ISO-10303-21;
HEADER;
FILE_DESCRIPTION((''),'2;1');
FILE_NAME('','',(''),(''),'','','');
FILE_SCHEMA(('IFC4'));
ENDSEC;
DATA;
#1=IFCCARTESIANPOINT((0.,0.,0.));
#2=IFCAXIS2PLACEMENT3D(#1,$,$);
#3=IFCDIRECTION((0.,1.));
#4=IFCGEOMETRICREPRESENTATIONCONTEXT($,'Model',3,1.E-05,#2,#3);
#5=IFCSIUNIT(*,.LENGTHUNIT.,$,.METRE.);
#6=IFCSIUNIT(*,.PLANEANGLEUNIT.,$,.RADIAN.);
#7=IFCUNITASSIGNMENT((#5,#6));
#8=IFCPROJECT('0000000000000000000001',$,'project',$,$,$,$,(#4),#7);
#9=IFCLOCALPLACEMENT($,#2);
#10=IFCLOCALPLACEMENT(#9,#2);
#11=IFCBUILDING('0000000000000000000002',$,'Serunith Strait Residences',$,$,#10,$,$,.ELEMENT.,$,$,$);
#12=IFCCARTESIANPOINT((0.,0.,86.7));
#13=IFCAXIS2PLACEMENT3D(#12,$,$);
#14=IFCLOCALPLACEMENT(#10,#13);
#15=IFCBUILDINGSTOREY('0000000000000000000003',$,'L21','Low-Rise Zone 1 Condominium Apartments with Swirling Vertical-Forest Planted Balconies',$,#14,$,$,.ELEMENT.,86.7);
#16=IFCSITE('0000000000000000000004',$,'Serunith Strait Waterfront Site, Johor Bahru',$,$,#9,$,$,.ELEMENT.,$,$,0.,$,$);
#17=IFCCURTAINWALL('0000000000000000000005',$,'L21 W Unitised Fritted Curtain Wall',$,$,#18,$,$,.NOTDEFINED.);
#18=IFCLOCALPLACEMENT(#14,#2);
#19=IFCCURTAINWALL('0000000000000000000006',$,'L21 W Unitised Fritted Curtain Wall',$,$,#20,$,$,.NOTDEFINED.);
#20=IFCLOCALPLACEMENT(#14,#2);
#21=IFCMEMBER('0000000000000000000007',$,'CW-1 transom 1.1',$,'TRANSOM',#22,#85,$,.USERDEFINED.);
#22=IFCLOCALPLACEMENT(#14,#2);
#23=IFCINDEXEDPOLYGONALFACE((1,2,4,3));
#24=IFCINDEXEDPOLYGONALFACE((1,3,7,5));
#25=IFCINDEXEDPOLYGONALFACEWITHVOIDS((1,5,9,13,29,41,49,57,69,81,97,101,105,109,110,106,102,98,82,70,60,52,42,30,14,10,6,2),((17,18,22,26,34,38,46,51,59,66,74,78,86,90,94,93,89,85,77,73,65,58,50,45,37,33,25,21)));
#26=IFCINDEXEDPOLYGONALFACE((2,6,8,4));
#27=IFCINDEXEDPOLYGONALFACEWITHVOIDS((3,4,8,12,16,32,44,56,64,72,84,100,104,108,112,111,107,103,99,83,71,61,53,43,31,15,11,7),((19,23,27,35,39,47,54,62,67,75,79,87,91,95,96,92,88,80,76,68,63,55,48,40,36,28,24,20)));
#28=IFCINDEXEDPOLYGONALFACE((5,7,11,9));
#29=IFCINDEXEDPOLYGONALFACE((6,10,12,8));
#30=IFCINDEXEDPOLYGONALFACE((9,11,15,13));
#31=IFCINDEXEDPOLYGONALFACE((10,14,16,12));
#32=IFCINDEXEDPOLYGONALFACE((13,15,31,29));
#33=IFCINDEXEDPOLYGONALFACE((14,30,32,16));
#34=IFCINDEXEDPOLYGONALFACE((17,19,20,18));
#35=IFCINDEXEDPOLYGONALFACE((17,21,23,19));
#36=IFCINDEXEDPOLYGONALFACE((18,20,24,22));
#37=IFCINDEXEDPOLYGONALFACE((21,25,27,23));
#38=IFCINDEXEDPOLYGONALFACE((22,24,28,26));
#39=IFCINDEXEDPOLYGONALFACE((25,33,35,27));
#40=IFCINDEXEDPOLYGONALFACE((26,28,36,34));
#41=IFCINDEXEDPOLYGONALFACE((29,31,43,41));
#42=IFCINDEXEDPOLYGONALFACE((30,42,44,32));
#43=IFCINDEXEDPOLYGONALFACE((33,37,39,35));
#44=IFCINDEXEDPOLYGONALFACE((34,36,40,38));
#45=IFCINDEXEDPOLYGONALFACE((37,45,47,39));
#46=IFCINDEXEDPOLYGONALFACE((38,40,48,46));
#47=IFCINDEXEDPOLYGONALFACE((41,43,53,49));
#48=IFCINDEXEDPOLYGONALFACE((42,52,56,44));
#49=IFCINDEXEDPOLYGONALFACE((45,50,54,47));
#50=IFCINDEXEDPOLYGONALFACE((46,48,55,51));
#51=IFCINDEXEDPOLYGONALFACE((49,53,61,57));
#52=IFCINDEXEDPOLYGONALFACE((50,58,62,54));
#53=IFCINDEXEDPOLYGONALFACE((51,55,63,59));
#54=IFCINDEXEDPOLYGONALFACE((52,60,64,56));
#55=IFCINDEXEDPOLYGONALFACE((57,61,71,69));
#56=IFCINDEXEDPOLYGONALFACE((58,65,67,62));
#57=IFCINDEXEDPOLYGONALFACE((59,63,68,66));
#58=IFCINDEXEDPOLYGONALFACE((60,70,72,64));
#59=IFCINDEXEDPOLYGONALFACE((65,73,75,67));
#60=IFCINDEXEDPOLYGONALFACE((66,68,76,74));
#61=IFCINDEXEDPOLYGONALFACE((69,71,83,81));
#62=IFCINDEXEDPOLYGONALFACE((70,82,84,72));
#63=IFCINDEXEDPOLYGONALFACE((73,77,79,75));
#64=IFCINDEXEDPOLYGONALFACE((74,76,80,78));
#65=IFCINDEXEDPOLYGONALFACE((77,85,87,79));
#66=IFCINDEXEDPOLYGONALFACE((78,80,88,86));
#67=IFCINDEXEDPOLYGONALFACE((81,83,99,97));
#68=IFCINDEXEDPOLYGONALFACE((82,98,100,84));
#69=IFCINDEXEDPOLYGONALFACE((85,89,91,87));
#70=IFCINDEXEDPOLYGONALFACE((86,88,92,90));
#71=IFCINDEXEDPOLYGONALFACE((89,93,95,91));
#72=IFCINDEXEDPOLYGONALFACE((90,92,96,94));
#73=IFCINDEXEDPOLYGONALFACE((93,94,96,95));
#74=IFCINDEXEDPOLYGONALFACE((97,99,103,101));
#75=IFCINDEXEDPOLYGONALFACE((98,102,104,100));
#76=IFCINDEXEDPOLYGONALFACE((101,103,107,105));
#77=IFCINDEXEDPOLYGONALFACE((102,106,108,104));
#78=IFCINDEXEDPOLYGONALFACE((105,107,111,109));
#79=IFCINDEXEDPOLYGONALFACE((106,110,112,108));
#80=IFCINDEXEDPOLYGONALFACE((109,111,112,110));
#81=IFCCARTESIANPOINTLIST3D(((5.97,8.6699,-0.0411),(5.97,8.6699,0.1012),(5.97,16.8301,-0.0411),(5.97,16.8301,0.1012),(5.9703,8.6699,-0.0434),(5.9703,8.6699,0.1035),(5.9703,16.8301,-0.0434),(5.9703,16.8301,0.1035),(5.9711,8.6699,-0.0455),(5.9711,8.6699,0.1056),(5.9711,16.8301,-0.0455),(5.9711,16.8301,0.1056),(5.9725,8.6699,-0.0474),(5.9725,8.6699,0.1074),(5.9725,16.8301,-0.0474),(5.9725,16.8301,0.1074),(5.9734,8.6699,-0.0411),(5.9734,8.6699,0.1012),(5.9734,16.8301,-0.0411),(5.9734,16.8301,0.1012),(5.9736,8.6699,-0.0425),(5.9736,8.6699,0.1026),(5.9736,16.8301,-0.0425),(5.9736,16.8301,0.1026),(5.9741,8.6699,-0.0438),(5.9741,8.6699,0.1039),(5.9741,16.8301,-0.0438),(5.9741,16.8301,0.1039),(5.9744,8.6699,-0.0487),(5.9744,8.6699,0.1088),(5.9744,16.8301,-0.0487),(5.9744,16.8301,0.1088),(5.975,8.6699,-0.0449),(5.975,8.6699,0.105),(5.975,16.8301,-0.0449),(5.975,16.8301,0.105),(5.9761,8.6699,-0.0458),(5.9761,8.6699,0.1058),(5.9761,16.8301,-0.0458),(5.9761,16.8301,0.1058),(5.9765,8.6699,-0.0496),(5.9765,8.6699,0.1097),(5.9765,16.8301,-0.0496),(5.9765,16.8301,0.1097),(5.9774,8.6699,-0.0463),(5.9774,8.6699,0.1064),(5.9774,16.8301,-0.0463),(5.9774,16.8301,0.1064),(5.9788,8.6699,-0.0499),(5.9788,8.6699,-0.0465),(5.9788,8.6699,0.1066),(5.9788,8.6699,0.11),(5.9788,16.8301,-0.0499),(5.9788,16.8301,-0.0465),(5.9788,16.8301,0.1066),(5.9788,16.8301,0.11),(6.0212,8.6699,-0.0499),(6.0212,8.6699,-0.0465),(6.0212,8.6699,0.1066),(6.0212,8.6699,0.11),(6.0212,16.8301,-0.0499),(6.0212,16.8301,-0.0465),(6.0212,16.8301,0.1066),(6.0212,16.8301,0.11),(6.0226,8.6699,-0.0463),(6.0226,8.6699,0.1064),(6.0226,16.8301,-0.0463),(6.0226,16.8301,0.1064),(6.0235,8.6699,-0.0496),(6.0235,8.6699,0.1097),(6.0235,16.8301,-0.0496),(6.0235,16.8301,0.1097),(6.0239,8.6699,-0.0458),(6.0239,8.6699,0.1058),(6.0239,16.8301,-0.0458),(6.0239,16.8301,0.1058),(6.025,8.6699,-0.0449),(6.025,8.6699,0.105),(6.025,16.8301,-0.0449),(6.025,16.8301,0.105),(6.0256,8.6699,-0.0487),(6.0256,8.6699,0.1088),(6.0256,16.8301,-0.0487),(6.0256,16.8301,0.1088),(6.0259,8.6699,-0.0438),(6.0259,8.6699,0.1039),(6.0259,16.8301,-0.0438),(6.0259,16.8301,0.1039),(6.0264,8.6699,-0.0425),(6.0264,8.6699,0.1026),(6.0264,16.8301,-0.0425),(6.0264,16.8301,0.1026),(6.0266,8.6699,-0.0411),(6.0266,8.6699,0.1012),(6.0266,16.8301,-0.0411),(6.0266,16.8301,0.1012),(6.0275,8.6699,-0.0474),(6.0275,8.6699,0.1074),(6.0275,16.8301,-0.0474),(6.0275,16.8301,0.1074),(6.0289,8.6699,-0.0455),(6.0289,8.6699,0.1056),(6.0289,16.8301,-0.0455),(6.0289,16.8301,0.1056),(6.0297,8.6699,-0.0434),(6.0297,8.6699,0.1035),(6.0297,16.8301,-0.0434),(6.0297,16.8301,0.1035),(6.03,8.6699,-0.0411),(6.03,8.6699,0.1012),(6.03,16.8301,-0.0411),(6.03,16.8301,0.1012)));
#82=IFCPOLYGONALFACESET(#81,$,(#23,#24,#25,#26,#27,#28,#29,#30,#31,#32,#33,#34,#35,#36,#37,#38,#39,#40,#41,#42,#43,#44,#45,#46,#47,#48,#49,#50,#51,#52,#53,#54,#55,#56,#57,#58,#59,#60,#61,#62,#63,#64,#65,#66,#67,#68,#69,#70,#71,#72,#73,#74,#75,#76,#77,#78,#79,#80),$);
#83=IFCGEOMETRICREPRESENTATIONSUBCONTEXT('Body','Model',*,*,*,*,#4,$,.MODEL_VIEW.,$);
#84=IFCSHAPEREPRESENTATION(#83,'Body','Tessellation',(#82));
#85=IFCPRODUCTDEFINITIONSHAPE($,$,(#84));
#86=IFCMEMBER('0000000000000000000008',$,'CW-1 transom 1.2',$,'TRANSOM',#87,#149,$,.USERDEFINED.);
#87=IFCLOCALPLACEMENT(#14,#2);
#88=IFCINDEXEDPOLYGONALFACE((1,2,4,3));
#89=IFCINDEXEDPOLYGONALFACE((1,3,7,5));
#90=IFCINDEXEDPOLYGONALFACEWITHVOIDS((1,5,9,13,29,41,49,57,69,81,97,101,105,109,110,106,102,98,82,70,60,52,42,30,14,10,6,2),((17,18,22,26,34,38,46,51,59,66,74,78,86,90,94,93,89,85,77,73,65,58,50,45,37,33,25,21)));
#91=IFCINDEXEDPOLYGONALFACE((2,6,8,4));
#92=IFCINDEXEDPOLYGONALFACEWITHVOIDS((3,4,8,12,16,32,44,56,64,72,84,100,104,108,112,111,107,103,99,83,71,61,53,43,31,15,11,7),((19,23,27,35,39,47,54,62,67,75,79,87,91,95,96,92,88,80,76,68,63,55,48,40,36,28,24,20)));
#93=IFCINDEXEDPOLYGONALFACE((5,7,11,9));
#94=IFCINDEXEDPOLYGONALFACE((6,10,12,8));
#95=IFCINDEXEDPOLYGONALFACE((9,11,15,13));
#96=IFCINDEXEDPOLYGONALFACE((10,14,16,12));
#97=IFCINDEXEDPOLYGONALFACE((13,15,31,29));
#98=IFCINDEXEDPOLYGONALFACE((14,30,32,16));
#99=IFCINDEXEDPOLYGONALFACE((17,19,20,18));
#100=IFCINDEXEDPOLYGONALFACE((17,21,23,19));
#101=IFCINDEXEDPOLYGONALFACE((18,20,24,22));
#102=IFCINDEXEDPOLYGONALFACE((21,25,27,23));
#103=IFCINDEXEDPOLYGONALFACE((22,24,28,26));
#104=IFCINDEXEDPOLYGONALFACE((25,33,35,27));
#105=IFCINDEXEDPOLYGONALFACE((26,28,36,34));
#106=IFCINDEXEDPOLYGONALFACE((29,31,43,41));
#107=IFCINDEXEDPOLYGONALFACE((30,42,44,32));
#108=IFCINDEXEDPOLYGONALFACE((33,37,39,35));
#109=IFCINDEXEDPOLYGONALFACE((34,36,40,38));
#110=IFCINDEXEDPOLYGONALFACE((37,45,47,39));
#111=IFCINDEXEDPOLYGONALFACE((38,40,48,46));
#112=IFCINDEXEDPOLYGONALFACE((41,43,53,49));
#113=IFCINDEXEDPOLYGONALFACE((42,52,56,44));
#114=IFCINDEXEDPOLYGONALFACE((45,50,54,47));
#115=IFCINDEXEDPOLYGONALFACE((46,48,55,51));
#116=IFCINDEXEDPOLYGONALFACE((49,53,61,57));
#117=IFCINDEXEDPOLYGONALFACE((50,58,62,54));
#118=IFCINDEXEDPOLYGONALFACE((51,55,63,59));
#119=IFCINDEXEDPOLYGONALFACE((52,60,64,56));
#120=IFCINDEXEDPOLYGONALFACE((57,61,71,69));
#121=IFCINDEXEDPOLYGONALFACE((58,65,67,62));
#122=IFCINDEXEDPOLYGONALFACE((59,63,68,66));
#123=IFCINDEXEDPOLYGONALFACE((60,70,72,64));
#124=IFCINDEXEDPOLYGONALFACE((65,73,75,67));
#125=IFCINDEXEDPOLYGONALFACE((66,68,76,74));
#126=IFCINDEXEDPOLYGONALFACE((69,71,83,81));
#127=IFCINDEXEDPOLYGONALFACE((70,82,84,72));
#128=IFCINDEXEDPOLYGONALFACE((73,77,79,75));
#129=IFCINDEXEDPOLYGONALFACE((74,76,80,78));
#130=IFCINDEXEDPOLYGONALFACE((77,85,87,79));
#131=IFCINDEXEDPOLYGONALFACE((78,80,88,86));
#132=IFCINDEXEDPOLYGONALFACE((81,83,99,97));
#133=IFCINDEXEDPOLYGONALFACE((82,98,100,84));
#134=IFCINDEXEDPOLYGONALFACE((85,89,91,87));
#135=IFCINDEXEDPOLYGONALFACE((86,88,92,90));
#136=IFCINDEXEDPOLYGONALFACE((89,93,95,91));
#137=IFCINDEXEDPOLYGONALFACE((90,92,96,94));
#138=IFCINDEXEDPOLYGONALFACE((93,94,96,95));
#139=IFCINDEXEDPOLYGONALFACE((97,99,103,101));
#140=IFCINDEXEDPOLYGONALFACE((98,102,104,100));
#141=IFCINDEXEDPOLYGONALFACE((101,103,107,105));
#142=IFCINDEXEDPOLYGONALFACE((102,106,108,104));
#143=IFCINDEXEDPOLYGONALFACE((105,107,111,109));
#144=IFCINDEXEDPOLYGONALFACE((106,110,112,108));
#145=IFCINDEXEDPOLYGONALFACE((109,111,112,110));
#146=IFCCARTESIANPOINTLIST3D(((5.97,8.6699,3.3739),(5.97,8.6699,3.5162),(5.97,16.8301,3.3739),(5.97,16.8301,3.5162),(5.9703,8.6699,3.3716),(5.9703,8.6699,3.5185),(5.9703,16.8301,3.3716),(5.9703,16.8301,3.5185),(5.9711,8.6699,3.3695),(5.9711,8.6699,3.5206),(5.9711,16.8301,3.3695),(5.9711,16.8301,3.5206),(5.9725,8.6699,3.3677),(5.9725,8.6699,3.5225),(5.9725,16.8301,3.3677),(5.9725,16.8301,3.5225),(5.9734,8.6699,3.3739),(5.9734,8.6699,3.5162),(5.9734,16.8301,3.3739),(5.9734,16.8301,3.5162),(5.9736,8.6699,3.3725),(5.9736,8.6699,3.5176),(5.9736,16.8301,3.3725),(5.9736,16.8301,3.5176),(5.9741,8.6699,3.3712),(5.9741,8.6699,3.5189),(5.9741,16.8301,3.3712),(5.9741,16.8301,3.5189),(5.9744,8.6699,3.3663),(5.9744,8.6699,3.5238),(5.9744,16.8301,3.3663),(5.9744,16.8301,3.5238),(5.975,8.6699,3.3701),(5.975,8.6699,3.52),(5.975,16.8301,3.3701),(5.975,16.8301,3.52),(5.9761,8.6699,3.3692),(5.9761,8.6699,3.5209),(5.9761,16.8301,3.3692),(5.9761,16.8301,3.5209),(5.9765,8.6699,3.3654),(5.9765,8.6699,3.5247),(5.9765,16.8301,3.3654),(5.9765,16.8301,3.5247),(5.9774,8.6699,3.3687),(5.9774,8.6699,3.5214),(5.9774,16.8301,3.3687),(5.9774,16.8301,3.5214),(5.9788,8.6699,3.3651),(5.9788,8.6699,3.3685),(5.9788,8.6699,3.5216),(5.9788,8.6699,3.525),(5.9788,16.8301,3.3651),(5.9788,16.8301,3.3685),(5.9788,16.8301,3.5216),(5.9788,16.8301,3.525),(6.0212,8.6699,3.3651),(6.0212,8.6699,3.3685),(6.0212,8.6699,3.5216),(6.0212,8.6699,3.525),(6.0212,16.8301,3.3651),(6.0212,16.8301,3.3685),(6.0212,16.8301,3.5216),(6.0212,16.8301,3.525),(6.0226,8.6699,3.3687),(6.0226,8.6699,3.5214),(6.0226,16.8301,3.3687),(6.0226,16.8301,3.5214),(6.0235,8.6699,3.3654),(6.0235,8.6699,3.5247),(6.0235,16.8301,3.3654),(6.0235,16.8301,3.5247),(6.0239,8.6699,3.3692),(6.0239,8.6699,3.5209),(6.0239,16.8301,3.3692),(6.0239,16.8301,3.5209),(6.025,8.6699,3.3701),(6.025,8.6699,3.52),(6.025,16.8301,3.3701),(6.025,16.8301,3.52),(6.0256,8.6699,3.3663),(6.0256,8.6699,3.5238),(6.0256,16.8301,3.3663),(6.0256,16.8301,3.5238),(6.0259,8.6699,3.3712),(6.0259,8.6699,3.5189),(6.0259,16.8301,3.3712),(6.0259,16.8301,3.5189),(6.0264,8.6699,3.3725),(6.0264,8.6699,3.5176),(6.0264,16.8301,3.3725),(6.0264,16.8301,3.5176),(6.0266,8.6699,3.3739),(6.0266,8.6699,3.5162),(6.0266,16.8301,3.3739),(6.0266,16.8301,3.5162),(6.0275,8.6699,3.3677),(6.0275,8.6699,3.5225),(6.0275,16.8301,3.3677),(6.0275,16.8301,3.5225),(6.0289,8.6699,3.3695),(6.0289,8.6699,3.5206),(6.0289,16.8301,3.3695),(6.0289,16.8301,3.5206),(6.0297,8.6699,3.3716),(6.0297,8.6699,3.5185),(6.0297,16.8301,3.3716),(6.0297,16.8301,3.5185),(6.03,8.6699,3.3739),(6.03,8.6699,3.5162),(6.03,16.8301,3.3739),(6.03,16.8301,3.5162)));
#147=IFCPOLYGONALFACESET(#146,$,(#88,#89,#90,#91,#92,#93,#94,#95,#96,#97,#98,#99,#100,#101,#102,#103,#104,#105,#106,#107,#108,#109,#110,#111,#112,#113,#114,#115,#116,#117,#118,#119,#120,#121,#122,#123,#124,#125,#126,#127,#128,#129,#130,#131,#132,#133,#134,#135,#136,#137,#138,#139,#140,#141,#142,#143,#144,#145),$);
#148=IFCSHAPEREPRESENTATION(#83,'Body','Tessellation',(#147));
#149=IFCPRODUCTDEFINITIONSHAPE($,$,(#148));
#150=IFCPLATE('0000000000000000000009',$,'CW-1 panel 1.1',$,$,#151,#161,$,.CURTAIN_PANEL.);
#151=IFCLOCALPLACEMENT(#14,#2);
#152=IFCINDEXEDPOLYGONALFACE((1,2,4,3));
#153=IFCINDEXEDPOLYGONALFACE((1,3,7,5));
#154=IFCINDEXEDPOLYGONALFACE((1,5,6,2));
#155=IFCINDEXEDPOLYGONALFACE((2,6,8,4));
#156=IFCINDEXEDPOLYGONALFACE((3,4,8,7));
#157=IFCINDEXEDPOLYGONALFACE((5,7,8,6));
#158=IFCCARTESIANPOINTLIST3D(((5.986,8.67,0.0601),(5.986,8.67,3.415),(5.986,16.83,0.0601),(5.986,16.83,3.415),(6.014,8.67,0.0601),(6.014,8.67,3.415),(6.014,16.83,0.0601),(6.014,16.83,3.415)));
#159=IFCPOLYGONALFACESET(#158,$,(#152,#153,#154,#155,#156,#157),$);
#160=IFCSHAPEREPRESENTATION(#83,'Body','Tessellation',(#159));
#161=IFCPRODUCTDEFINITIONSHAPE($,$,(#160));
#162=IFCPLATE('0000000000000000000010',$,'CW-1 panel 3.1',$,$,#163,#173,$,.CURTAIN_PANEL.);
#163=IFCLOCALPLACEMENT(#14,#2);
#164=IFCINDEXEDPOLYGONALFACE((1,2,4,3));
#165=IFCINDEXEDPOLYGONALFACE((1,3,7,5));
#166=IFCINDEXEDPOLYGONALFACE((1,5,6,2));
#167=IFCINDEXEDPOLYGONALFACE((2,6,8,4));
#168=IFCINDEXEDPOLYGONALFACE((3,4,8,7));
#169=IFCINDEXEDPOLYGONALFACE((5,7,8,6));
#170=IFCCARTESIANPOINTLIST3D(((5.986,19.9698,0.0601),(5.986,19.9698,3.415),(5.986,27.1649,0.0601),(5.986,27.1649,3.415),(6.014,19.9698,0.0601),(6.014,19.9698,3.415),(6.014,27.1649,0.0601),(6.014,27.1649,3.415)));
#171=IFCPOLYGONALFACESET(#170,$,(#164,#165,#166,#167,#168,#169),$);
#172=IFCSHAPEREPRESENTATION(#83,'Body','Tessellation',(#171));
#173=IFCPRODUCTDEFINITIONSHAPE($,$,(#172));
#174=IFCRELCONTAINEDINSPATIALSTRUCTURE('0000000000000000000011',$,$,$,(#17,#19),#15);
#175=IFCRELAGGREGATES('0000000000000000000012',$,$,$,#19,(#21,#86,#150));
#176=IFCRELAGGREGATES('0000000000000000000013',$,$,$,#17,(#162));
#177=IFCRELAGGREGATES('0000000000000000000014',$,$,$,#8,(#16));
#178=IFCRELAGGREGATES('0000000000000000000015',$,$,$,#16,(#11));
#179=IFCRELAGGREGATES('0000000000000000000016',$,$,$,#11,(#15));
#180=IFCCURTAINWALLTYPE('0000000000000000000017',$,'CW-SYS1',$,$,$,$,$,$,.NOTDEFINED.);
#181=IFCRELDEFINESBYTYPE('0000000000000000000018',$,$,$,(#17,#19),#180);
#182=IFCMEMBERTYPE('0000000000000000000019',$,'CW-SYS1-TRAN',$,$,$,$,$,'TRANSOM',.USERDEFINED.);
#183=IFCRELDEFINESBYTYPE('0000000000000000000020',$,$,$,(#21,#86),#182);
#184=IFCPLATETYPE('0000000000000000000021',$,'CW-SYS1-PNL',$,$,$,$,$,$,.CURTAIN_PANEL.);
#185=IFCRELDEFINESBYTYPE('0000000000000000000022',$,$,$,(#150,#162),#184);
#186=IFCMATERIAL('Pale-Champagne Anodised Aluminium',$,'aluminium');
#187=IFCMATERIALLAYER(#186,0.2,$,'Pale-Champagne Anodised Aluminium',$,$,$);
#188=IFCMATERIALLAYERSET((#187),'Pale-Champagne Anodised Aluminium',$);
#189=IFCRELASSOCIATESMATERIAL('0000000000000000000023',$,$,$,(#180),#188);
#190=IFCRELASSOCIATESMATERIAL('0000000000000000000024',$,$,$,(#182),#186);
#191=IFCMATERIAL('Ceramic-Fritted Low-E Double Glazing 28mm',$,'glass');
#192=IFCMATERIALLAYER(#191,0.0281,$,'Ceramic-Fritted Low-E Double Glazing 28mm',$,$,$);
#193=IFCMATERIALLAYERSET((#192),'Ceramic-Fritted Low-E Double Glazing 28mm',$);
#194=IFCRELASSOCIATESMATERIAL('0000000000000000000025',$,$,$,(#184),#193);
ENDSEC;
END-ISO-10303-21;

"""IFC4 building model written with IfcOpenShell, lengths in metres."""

from ifc_helpers import new_model, si_unit, direction, frame, origin, origin_2d, place, context, subcontext, project, spatial, rectangle, hollow_rectangle, extrude, source, transform, mapped, material, layer, layer_set, material_profile, profile_set, type_object, element, aggregate, save


model = new_model("IFC4")

# Units and contexts
model_context = context("Model", 3, precision=1e-05, world=origin(), true_north=direction((0.0, 1.0)))
body_context = subcontext(model_context, "Body", "Model", "MODEL_VIEW")
ifc_project = project(units=[si_unit("LENGTHUNIT", "METRE"), si_unit("PLANEANGLEUNIT", "RADIAN")], contexts=[model_context])

# Site, building, storey
site_placement = place(None, origin())
site = spatial("IfcSite", under=ifc_project, at=site_placement, Name="Serunith Strait Waterfront Site, Johor Bahru", CompositionType="ELEMENT", RefElevation=0.0)
building_placement = place(site_placement, origin())
building = spatial("IfcBuilding", under=site, at=building_placement, Name="Serunith Strait Residences", CompositionType="ELEMENT")
storey_placement = place(building_placement, frame((0.0, 0.0, 86.7)))
storey = spatial("IfcBuildingStorey", under=building, at=storey_placement, Name="L21", Description="Low-Rise Zone 1 Condominium Apartments with Swirling Vertical-Forest Planted Balconies", CompositionType="ELEMENT", Elevation=86.7)

# Curtain wall
ifc_material_1 = material(Name="Pale-Champagne Anodised Aluminium", Category="aluminium")
ifc_layer_1 = layer(ifc_material_1, 0.2, Name="Pale-Champagne Anodised Aluminium")
ifc_layer_set_1 = layer_set([ifc_layer_1], Name="Pale-Champagne Anodised Aluminium")
curtain_wall_type = type_object("IfcCurtainWallType", Name="CW-SYS1", PredefinedType="NOTDEFINED", material=ifc_layer_set_1)
curtain_wall_1_placement = place(storey_placement, origin())
curtain_wall_1 = element("IfcCurtainWall", 1, at=curtain_wall_1_placement, inside=storey, type_object=curtain_wall_type, Name="L21 W Unitised Fritted Curtain Wall", PredefinedType="NOTDEFINED")

# Curtain wall, members, plate
curtain_wall_2_placement = place(storey_placement, origin())
curtain_wall_2 = element("IfcCurtainWall", 2, at=curtain_wall_2_placement, inside=storey, type_object=curtain_wall_type, Name="L21 W Unitised Fritted Curtain Wall", PredefinedType="NOTDEFINED")
ifc_material_profile_1 = material_profile(ifc_material_1, hollow_rectangle(XDim=0.0601, YDim=0.1599, WallThickness=0.0034, InnerFilletRadius=0.0054, OuterFilletRadius=0.0088, at=origin_2d()), Name="ALU 160x60x3.5")
ifc_profile_set_1 = profile_set([ifc_material_profile_1], Name="Pale-Champagne Anodised Aluminium")
member_type_1 = type_object("IfcMemberType", Name="CW-SYS1-TRAN", ElementType="TRANSOM", PredefinedType="USERDEFINED", material=ifc_profile_set_1)
shared_shape_1 = source(origin(), body_context, "Body", "SweptSolid", [
    extrude(hollow_rectangle(XDim=0.0601, YDim=0.1599, WallThickness=0.0034, InnerFilletRadius=0.0054, OuterFilletRadius=0.0088, at=origin_2d()), origin(), (0.0, 0.0, 1.0), 8.1602),
])
member_1_placement = place(storey_placement, frame((6.0, 16.8301, 0.03), z_axis=(0.0, -1.0, 0.0), x_axis=(1.0, 0.0, 0.0)))
member_1 = element("IfcMember", 3, at=member_1_placement, type_object=member_type_1, Name="CW-1 transom 1.1", ObjectType="TRANSOM", PredefinedType="USERDEFINED", context=body_context, shape_type="MappedRepresentation", body=[
    mapped(shared_shape_1, transform((0.0, 0.0, 0.0), scale=1.0)),
])
member_2_placement = place(storey_placement, frame((6.0, 16.8301, 3.4451), z_axis=(0.0, -1.0, 0.0), x_axis=(1.0, 0.0, 0.0)))
member_2 = element("IfcMember", 4, at=member_2_placement, type_object=member_type_1, Name="CW-1 transom 1.2", ObjectType="TRANSOM", PredefinedType="USERDEFINED", context=body_context, shape_type="MappedRepresentation", body=[
    mapped(shared_shape_1, transform((0.0, 0.0, 0.0), scale=1.0)),
])
ifc_material_2 = material(Name="Ceramic-Fritted Low-E Double Glazing 28mm", Category="glass")
ifc_layer_2 = layer(ifc_material_2, 0.0281, Name="Ceramic-Fritted Low-E Double Glazing 28mm")
ifc_layer_set_2 = layer_set([ifc_layer_2], Name="Ceramic-Fritted Low-E Double Glazing 28mm")
plate_type = type_object("IfcPlateType", Name="CW-SYS1-PNL", PredefinedType="CURTAIN_PANEL", material=ifc_layer_set_2)
shared_shape_2 = source(origin(), body_context, "Body", "SweptSolid", [
    extrude(rectangle(XDim=8.1599, YDim=0.0281, at=origin_2d()), origin(), (0.0, 0.0, 1.0), 3.355),
])
plate_1_placement = place(storey_placement, frame((6.0, 12.75, 0.0601), z_axis=(0.0, 0.0, 1.0), x_axis=(0.0, -1.0, 0.0)))
plate_1 = element("IfcPlate", 5, at=plate_1_placement, type_object=plate_type, Name="CW-1 panel 1.1", PredefinedType="CURTAIN_PANEL", context=body_context, shape_type="MappedRepresentation", body=[
    mapped(shared_shape_2, transform((0.0, 0.0, 0.0), scale=1.0)),
])
aggregate(curtain_wall_2, [member_1, member_2, plate_1])

# Plate
shared_shape_3 = source(origin(), body_context, "Body", "SweptSolid", [
    extrude(rectangle(XDim=7.1951, YDim=0.0281, at=origin_2d()), origin(), (0.0, 0.0, 1.0), 3.355),
])
plate_2_placement = place(storey_placement, frame((6.0, 23.5674, 0.0601), z_axis=(0.0, 0.0, 1.0), x_axis=(0.0, -1.0, 0.0)))
plate_2 = element("IfcPlate", 6, at=plate_2_placement, type_object=plate_type, Name="CW-1 panel 3.1", PredefinedType="CURTAIN_PANEL", context=body_context, shape_type="MappedRepresentation", body=[
    mapped(shared_shape_3, transform((0.0, 0.0, 0.0), scale=1.0)),
])
aggregate(curtain_wall_1, [plate_2])

save(model, "model.ifc")
